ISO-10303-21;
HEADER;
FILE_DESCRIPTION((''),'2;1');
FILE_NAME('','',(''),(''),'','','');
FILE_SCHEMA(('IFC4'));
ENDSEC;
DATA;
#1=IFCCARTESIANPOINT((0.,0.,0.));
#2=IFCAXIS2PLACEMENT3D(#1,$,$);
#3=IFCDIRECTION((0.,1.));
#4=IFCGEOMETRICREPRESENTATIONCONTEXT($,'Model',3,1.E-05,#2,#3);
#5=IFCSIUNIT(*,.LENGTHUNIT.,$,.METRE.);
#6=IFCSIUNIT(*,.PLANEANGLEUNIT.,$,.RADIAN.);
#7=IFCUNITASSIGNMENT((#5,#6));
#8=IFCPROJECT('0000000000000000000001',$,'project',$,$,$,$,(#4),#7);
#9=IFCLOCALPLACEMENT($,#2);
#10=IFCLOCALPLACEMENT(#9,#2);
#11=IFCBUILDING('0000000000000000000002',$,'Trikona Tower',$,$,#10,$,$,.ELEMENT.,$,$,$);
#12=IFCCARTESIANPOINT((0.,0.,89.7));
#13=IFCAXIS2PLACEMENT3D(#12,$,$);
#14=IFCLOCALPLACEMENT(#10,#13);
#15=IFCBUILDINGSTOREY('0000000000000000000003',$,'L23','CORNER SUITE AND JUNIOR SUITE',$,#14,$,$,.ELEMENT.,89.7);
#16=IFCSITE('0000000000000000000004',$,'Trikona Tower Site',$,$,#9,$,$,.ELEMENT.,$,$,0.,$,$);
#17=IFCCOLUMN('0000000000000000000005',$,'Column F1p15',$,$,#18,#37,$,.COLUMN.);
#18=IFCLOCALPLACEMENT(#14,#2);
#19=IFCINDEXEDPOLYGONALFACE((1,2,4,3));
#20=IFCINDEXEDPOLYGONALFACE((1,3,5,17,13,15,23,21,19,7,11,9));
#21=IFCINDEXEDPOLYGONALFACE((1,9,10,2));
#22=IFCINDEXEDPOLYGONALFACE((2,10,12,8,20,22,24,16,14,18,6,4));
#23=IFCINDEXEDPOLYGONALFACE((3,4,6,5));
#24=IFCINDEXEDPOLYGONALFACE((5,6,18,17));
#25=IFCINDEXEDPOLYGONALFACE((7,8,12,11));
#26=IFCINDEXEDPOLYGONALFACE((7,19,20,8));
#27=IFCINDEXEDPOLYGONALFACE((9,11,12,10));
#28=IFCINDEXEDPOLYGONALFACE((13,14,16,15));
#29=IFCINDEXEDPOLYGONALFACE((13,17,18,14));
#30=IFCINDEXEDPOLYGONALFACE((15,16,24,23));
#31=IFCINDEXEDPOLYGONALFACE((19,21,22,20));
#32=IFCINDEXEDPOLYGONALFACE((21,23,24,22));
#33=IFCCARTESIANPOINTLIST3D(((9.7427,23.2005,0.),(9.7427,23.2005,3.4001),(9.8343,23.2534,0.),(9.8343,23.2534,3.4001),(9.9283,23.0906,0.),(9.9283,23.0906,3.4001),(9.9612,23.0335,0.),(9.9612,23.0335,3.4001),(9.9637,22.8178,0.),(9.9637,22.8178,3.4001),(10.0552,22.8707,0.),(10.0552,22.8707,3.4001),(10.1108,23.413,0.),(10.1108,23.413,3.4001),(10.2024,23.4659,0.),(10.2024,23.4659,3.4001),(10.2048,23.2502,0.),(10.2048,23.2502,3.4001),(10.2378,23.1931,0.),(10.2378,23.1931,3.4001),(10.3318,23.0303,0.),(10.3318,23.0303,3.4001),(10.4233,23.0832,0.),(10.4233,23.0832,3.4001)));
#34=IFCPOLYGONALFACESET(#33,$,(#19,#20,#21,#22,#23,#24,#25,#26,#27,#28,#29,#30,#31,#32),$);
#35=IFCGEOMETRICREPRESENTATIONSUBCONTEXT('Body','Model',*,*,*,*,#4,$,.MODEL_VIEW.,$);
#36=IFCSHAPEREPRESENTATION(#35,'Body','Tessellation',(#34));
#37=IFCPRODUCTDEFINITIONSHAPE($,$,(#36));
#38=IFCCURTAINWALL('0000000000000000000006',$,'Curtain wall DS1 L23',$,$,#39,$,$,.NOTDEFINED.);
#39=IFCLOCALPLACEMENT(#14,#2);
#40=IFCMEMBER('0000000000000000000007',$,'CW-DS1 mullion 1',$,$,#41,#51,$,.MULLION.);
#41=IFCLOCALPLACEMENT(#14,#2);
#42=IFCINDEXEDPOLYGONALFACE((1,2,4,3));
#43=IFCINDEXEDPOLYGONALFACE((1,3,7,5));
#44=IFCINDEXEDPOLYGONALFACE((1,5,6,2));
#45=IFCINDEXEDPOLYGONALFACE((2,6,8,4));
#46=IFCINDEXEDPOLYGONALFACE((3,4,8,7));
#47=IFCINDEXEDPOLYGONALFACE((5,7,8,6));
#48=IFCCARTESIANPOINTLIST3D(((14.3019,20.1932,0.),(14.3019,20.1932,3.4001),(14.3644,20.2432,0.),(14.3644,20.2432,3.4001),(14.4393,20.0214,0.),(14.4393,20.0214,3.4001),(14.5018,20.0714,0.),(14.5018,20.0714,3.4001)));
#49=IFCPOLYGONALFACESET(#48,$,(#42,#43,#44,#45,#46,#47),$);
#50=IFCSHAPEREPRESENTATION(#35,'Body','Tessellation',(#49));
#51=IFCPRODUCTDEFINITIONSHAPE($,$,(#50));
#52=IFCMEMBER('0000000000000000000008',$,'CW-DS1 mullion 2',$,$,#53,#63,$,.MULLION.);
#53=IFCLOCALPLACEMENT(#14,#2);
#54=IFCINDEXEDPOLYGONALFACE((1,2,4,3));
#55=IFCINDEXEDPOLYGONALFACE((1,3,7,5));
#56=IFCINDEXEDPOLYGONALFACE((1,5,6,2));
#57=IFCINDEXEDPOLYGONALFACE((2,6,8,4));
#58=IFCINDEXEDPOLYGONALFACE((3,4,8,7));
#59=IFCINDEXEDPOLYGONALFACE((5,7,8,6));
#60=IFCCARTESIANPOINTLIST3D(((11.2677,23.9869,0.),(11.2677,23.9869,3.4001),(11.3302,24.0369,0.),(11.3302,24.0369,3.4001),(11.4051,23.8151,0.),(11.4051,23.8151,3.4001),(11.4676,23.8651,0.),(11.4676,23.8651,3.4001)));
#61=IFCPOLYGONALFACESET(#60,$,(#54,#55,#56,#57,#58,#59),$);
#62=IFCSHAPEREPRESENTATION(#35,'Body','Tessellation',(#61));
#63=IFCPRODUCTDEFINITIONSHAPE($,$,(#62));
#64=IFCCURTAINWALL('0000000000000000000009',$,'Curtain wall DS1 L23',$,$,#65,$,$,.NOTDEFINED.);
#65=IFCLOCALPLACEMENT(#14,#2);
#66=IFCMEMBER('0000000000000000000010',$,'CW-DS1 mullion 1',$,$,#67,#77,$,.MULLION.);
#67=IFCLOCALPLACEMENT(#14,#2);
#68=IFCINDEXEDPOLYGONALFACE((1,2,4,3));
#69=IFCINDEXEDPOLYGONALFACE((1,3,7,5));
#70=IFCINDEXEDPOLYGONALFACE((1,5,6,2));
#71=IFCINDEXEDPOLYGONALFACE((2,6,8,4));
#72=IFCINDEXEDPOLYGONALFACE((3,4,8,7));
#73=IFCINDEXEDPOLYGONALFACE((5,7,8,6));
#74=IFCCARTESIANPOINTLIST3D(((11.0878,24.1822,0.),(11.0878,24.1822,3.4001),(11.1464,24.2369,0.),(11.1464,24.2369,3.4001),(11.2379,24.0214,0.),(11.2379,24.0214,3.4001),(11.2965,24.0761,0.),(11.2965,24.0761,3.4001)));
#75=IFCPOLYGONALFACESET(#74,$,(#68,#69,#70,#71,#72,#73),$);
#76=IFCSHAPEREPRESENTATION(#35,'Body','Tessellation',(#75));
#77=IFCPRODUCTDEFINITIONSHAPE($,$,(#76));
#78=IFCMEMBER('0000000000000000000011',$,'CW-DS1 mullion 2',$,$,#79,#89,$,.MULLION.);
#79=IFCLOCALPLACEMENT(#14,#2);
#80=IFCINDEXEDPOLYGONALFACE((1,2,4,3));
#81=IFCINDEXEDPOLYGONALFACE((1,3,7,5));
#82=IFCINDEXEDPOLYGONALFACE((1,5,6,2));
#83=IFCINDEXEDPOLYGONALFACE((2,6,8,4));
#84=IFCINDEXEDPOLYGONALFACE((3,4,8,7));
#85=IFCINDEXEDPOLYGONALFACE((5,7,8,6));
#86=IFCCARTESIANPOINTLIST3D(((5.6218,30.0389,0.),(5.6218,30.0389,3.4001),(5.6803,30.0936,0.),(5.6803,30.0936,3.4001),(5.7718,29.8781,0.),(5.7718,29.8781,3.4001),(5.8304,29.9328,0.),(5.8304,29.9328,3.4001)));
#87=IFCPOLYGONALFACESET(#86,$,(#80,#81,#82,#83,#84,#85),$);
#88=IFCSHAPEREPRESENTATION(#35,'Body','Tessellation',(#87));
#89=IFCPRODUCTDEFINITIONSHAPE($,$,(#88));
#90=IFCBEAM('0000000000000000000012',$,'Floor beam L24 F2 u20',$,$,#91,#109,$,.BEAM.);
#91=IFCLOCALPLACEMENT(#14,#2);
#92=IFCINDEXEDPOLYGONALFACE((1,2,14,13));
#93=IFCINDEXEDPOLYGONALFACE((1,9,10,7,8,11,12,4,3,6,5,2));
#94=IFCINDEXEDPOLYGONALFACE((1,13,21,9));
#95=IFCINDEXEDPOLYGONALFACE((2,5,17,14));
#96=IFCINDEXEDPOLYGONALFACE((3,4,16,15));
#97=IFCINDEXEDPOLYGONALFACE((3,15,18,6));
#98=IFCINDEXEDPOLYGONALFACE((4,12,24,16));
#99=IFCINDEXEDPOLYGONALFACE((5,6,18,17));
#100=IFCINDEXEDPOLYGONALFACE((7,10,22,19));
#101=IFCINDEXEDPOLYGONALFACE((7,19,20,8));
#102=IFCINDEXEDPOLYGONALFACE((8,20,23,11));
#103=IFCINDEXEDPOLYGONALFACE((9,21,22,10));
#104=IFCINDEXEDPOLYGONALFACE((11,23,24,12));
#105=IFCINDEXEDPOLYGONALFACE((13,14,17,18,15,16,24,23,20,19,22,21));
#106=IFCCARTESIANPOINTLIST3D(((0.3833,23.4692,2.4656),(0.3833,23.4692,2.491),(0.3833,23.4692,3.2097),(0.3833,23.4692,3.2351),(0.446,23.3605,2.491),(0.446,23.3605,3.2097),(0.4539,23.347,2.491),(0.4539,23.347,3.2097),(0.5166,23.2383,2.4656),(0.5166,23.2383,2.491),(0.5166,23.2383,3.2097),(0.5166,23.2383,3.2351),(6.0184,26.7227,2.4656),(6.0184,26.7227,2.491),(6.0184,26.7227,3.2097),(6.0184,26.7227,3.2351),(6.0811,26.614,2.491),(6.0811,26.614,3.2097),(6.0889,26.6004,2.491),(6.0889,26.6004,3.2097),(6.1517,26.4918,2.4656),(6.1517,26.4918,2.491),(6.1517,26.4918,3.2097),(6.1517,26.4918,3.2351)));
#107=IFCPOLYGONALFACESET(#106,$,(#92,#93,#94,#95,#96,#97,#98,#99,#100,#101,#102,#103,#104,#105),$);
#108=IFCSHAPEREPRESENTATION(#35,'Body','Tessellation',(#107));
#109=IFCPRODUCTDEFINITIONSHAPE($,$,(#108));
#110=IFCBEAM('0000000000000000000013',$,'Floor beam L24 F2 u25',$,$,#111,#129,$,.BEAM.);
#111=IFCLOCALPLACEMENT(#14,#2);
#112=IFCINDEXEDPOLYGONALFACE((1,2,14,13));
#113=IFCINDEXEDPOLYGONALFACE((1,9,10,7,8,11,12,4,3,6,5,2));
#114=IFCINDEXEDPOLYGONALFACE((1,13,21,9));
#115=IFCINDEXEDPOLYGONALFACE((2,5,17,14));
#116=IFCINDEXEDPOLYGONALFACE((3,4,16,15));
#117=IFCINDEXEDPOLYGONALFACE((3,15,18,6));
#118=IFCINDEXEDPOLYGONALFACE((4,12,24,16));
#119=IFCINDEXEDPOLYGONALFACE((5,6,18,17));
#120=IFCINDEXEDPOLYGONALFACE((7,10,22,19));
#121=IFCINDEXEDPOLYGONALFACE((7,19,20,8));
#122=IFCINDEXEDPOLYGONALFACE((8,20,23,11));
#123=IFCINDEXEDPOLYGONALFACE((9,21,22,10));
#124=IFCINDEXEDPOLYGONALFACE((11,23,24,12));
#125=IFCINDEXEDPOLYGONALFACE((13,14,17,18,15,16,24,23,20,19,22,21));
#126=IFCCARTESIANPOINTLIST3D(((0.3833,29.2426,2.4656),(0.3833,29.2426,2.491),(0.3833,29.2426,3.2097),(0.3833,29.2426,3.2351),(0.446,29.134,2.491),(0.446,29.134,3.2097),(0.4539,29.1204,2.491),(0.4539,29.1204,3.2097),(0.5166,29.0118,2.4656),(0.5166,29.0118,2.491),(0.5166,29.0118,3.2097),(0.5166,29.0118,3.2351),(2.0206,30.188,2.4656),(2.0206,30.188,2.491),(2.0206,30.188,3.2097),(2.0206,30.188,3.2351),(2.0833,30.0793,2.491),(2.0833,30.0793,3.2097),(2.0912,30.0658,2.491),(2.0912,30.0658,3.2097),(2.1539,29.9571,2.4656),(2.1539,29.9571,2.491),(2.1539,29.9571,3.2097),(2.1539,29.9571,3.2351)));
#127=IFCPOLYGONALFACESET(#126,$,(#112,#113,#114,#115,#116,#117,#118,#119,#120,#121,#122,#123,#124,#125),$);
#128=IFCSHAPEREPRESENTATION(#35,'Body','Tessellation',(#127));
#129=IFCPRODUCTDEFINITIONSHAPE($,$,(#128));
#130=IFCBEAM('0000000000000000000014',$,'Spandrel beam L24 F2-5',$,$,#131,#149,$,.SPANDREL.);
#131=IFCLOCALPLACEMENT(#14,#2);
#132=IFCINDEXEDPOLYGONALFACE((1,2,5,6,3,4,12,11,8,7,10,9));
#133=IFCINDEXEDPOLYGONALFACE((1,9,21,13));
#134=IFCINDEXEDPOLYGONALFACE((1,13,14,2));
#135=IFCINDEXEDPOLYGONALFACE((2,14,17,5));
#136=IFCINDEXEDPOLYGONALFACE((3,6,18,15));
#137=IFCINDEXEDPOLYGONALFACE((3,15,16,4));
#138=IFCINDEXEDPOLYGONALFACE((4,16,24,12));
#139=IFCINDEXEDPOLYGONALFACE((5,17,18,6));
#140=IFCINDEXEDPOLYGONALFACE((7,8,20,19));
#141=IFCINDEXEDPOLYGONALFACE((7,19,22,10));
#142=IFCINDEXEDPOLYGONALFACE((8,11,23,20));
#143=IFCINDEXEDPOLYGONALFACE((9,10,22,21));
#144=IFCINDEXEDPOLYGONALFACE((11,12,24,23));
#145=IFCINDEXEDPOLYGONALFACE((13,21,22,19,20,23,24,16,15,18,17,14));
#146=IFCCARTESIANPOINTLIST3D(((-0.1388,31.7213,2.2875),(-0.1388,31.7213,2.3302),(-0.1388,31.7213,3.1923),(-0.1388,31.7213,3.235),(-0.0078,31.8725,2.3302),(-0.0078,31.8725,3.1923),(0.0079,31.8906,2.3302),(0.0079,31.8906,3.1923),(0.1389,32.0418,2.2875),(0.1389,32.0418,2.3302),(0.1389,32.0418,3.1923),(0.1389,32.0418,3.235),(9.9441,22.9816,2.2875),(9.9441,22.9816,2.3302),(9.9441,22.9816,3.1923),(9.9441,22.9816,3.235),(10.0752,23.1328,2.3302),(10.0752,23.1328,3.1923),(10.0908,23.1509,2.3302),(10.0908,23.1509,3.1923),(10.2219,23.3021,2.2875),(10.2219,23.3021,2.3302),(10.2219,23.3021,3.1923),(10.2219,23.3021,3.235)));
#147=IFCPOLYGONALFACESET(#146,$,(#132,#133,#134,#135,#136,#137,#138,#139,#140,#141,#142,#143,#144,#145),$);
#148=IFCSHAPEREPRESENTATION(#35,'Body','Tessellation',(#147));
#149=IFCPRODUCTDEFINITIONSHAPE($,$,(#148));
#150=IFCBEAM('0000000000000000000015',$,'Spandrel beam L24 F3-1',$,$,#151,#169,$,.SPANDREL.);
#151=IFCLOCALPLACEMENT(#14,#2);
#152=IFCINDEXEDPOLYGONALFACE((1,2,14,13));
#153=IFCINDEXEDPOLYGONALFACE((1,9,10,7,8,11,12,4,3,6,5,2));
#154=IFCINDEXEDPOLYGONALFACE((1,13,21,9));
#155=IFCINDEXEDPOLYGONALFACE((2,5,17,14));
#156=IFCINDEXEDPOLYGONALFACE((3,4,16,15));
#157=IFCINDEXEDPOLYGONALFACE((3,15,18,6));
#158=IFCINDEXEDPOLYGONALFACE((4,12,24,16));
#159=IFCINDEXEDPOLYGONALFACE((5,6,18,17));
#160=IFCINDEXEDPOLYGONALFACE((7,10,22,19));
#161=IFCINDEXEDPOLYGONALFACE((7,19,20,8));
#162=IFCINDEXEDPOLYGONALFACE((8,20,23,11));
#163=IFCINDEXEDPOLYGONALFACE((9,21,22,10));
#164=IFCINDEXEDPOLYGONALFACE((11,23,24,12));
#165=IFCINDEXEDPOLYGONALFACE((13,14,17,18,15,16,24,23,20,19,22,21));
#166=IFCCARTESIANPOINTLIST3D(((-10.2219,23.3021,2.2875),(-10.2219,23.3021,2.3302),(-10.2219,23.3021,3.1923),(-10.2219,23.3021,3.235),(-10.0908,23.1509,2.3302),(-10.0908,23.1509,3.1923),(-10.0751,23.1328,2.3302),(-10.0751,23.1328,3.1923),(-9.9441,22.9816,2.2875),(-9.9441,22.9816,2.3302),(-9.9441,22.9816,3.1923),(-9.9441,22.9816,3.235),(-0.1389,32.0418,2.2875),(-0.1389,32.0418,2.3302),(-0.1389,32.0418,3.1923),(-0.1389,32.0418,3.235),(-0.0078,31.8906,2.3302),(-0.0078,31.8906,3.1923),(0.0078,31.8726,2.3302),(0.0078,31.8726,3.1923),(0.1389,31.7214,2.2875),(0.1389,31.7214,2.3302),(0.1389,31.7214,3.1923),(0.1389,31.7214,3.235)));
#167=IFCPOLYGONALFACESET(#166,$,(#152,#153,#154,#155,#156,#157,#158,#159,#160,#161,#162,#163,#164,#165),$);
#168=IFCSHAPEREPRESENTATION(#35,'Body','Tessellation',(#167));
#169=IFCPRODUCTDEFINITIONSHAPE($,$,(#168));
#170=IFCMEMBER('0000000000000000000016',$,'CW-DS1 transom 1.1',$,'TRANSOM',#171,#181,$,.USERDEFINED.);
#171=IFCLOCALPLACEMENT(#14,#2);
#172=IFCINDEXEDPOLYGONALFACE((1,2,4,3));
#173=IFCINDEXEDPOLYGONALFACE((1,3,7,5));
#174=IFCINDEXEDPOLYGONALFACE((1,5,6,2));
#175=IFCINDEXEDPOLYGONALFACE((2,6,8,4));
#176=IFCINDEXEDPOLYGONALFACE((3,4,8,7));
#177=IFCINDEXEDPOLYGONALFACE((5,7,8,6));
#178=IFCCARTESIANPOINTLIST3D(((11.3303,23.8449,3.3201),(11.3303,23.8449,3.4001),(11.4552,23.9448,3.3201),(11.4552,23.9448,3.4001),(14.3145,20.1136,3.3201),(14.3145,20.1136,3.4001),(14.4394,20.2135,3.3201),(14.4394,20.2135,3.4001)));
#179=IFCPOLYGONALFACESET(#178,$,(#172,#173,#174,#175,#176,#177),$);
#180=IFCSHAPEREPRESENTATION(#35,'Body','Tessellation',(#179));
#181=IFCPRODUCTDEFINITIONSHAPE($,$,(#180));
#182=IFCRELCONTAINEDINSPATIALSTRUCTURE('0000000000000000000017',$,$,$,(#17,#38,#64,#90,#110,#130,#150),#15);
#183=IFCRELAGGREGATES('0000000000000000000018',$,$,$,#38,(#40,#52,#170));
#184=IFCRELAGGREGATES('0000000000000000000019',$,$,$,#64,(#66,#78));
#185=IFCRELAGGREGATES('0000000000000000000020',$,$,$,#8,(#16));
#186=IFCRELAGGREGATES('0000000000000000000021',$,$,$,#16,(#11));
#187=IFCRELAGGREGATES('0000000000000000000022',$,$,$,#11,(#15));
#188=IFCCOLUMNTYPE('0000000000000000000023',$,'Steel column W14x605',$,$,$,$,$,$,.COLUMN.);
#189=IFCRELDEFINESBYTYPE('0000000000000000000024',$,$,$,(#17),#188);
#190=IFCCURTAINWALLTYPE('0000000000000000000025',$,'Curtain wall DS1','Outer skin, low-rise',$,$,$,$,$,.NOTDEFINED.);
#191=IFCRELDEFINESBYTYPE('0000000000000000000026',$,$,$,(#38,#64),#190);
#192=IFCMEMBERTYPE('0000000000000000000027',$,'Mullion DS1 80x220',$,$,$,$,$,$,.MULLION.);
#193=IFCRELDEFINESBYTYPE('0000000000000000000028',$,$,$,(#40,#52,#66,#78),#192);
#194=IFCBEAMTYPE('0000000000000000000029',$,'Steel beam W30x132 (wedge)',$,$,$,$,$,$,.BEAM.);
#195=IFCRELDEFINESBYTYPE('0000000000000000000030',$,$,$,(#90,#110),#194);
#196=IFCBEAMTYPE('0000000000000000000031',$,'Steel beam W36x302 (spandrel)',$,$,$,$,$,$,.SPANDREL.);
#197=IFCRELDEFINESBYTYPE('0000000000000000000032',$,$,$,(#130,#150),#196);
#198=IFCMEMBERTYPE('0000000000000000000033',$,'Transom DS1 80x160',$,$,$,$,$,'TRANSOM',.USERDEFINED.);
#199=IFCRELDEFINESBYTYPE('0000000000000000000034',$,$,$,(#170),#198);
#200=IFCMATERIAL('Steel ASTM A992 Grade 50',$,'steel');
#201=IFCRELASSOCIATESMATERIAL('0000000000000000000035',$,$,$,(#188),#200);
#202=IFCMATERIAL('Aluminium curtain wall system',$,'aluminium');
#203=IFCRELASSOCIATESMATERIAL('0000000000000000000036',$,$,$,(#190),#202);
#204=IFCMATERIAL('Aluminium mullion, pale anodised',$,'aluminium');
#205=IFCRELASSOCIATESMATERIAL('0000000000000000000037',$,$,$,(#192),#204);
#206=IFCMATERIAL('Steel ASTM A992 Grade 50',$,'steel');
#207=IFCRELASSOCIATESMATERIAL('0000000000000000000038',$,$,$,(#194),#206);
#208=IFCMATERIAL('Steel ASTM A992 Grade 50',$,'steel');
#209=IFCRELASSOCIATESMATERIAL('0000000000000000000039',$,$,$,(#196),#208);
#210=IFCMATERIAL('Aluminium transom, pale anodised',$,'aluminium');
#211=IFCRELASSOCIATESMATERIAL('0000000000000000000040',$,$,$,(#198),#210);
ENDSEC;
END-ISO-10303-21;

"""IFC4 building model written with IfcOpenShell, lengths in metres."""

from ifc_helpers import new_model, si_unit, direction, frame, origin, origin_2d, place, context, subcontext, project, spatial, rectangle, i_section, extrude, material, material_profile, profile_set, type_object, element, aggregate, save


model = new_model("IFC4")

# Units and contexts
model_context = context("Model", 3, precision=1e-05, world=origin(), true_north=direction((0.0, 1.0)))
body_context = subcontext(model_context, "Body", "Model", "MODEL_VIEW")
ifc_project = project(units=[si_unit("LENGTHUNIT", "METRE"), si_unit("PLANEANGLEUNIT", "RADIAN")], contexts=[model_context])

# Site, building, storey
site_placement = place(None, origin())
site = spatial("IfcSite", under=ifc_project, at=site_placement, Name="Trikona Tower Site", CompositionType="ELEMENT", RefElevation=0.0)
building_placement = place(site_placement, origin())
building = spatial("IfcBuilding", under=site, at=building_placement, Name="Trikona Tower", CompositionType="ELEMENT")
storey_placement = place(building_placement, frame((0.0, 0.0, 89.7)))
storey = spatial("IfcBuildingStorey", under=building, at=storey_placement, Name="L23", Description="CORNER SUITE AND JUNIOR SUITE", CompositionType="ELEMENT", Elevation=89.7)

# Column
ifc_material_1 = material(Name="Steel ASTM A992 Grade 50", Category="steel")
ifc_material_profile_1 = material_profile(ifc_material_1, i_section(OverallWidth=0.4419, OverallDepth=0.5308, WebThickness=0.0659, FlangeThickness=0.1057, at=origin_2d()), Name="W14X605")
ifc_profile_set_1 = profile_set([ifc_material_profile_1], Name="Steel ASTM A992 Grade 50")
column_type = type_object("IfcColumnType", Name="Steel column W14x605", PredefinedType="COLUMN", material=ifc_profile_set_1)
column_placement = place(storey_placement, frame((10.083, 23.1418, 0.0), z_axis=(0.0, 0.0, 1.0), x_axis=(-0.5, 0.866025, 0.0)))
element("IfcColumn", 1, at=column_placement, inside=storey, type_object=column_type, Name="Column F1p15", PredefinedType="COLUMN", context=body_context, shape_type="SweptSolid", body=[
    extrude(i_section(OverallWidth=0.4419, OverallDepth=0.5308, WebThickness=0.0659, FlangeThickness=0.1057, at=origin_2d()), origin(), (0.0, 0.0, 1.0), 3.4001),
])

# Curtain walls, members
ifc_material_2 = material(Name="Aluminium curtain wall system", Category="aluminium")
curtain_wall_type = type_object("IfcCurtainWallType", Name="Curtain wall DS1", Description="Outer skin, low-rise", PredefinedType="NOTDEFINED", material=ifc_material_2)
curtain_wall_1_placement = place(storey_placement, origin())
curtain_wall_1 = element("IfcCurtainWall", 2, at=curtain_wall_1_placement, inside=storey, type_object=curtain_wall_type, Name="Curtain wall DS1 L23", PredefinedType="NOTDEFINED")
ifc_material_3 = material(Name="Aluminium mullion, pale anodised", Category="aluminium")
ifc_material_profile_2 = material_profile(ifc_material_3, rectangle(XDim=0.0801, YDim=0.22, at=origin_2d()), Name="MUL-DS1")
ifc_profile_set_2 = profile_set([ifc_material_profile_2], Name="Aluminium mullion, pale anodised")
member_type_1 = type_object("IfcMemberType", Name="Mullion DS1 80x220", PredefinedType="MULLION", material=ifc_profile_set_2)
member_1_placement = place(storey_placement, frame((14.4019, 20.1323, 0.0), z_axis=(0.0, 0.0, 1.0), x_axis=(-0.780938, -0.624609, 0.0)))
member_1 = element("IfcMember", 3, at=member_1_placement, type_object=member_type_1, Name="CW-DS1 mullion 1", PredefinedType="MULLION", context=body_context, shape_type="SweptSolid", body=[
    extrude(rectangle(XDim=0.0801, YDim=0.22, at=origin_2d()), origin(), (0.0, 0.0, 1.0), 3.4001),
])
member_2_placement = place(storey_placement, frame((11.3677, 23.926, 0.0), z_axis=(0.0, 0.0, 1.0), x_axis=(-0.780938, -0.624609, 0.0)))
member_2 = element("IfcMember", 4, at=member_2_placement, type_object=member_type_1, Name="CW-DS1 mullion 2", PredefinedType="MULLION", context=body_context, shape_type="SweptSolid", body=[
    extrude(rectangle(XDim=0.0801, YDim=0.22, at=origin_2d()), origin(), (0.0, 0.0, 1.0), 3.4001),
])
curtain_wall_2_placement = place(storey_placement, origin())
curtain_wall_2 = element("IfcCurtainWall", 5, at=curtain_wall_2_placement, inside=storey, type_object=curtain_wall_type, Name="Curtain wall DS1 L23", PredefinedType="NOTDEFINED")
member_3_placement = place(storey_placement, frame((11.1921, 24.1292, 0.0), z_axis=(0.0, 0.0, 1.0), x_axis=(-0.731077, -0.682295, 0.0)))
member_3 = element("IfcMember", 6, at=member_3_placement, type_object=member_type_1, Name="CW-DS1 mullion 1", PredefinedType="MULLION", context=body_context, shape_type="SweptSolid", body=[
    extrude(rectangle(XDim=0.0801, YDim=0.22, at=origin_2d()), origin(), (0.0, 0.0, 1.0), 3.4001),
])
member_4_placement = place(storey_placement, frame((5.7261, 29.9858, 0.0), z_axis=(0.0, 0.0, 1.0), x_axis=(-0.731077, -0.682295, 0.0)))
member_4 = element("IfcMember", 7, at=member_4_placement, type_object=member_type_1, Name="CW-DS1 mullion 2", PredefinedType="MULLION", context=body_context, shape_type="SweptSolid", body=[
    extrude(rectangle(XDim=0.0801, YDim=0.22, at=origin_2d()), origin(), (0.0, 0.0, 1.0), 3.4001),
])

# Beams
ifc_material_4 = material(Name="Steel ASTM A992 Grade 50", Category="steel")
ifc_material_profile_3 = material_profile(ifc_material_4, i_section(OverallWidth=0.2666, OverallDepth=0.7695, WebThickness=0.0156, FlangeThickness=0.0254, at=origin_2d()), Name="W30X132")
ifc_profile_set_3 = profile_set([ifc_material_profile_3], Name="Steel ASTM A992 Grade 50")
beam_type_1 = type_object("IfcBeamType", Name="Steel beam W30x132 (wedge)", PredefinedType="BEAM", material=ifc_profile_set_3)
beam_1_placement = place(storey_placement, frame((0.45, 23.3538, 2.8503), z_axis=(0.866023, 0.500005, 0.0), x_axis=(-0.500005, 0.866023, 0.0)))
element("IfcBeam", 8, at=beam_1_placement, inside=storey, type_object=beam_type_1, Name="Floor beam L24 F2 u20", PredefinedType="BEAM", context=body_context, shape_type="SweptSolid", body=[
    extrude(i_section(OverallWidth=0.2666, OverallDepth=0.7695, WebThickness=0.0156, FlangeThickness=0.0254, at=origin_2d()), origin(), (0.0, 0.0, 1.0), 6.5068),
])
beam_2_placement = place(storey_placement, frame((0.45, 29.1272, 2.8503), z_axis=(0.866009, 0.500028, 0.0), x_axis=(-0.500028, 0.866009, 0.0)))
element("IfcBeam", 9, at=beam_2_placement, inside=storey, type_object=beam_type_1, Name="Floor beam L24 F2 u25", PredefinedType="BEAM", context=body_context, shape_type="SweptSolid", body=[
    extrude(i_section(OverallWidth=0.2666, OverallDepth=0.7695, WebThickness=0.0156, FlangeThickness=0.0254, at=origin_2d()), origin(), (0.0, 0.0, 1.0), 1.8906),
])
ifc_material_5 = material(Name="Steel ASTM A992 Grade 50", Category="steel")
ifc_material_profile_4 = material_profile(ifc_material_5, i_section(OverallWidth=0.4241, OverallDepth=0.9475, WebThickness=0.0239, FlangeThickness=0.0427, at=origin_2d()), Name="W36X302")
ifc_profile_set_4 = profile_set([ifc_material_profile_4], Name="Steel ASTM A992 Grade 50")
beam_type_2 = type_object("IfcBeamType", Name="Steel beam W36x302 (spandrel)", PredefinedType="SPANDREL", material=ifc_profile_set_4)
for number, where, z_axis, x_axis, name in (
    (10, (10.083, 23.1418, 2.7612), (-0.755647, 0.654979, 0.0), (-0.654979, -0.755647, 0.0), "Spandrel beam L24 F2-5"),
    (11, (0.0, 31.8816, 2.7612), (-0.755647, -0.654979, 0.0), (0.654979, -0.755647, 0.0), "Spandrel beam L24 F3-1"),
):
    element("IfcBeam", number, at=place(storey_placement, frame(where, z_axis=z_axis, x_axis=x_axis)), inside=storey, type_object=beam_type_2, Name=name, PredefinedType="SPANDREL", context=body_context, shape_type="SweptSolid", body=[
        extrude(i_section(OverallWidth=0.4241, OverallDepth=0.9475, WebThickness=0.0239, FlangeThickness=0.0427, at=origin_2d()), origin(), (0.0, 0.0, 1.0), 13.3435),
    ])

# Member
ifc_material_6 = material(Name="Aluminium transom, pale anodised", Category="aluminium")
ifc_material_profile_5 = material_profile(ifc_material_6, rectangle(XDim=0.1599, YDim=0.0801, at=origin_2d()), Name="TRN-DS1")
ifc_profile_set_5 = profile_set([ifc_material_profile_5], Name="Aluminium transom, pale anodised")
member_type_2 = type_object("IfcMemberType", Name="Transom DS1 80x160", ElementType="TRANSOM", PredefinedType="USERDEFINED", material=ifc_profile_set_5)
member_5_placement = place(storey_placement, frame((14.377, 20.1636, 3.3601), z_axis=(-0.624589, 0.780954, 0.0), x_axis=(-0.780954, -0.624589, 0.0)))
member_5 = element("IfcMember", 12, at=member_5_placement, type_object=member_type_2, Name="CW-DS1 transom 1.1", ObjectType="TRANSOM", PredefinedType="USERDEFINED", context=body_context, shape_type="SweptSolid", body=[
    extrude(rectangle(XDim=0.1599, YDim=0.0801, at=origin_2d()), origin(), (0.0, 0.0, 1.0), 4.7778),
])

aggregate(curtain_wall_1, [member_1, member_2, member_5])
aggregate(curtain_wall_2, [member_3, member_4])

save(model, "model.ifc")
